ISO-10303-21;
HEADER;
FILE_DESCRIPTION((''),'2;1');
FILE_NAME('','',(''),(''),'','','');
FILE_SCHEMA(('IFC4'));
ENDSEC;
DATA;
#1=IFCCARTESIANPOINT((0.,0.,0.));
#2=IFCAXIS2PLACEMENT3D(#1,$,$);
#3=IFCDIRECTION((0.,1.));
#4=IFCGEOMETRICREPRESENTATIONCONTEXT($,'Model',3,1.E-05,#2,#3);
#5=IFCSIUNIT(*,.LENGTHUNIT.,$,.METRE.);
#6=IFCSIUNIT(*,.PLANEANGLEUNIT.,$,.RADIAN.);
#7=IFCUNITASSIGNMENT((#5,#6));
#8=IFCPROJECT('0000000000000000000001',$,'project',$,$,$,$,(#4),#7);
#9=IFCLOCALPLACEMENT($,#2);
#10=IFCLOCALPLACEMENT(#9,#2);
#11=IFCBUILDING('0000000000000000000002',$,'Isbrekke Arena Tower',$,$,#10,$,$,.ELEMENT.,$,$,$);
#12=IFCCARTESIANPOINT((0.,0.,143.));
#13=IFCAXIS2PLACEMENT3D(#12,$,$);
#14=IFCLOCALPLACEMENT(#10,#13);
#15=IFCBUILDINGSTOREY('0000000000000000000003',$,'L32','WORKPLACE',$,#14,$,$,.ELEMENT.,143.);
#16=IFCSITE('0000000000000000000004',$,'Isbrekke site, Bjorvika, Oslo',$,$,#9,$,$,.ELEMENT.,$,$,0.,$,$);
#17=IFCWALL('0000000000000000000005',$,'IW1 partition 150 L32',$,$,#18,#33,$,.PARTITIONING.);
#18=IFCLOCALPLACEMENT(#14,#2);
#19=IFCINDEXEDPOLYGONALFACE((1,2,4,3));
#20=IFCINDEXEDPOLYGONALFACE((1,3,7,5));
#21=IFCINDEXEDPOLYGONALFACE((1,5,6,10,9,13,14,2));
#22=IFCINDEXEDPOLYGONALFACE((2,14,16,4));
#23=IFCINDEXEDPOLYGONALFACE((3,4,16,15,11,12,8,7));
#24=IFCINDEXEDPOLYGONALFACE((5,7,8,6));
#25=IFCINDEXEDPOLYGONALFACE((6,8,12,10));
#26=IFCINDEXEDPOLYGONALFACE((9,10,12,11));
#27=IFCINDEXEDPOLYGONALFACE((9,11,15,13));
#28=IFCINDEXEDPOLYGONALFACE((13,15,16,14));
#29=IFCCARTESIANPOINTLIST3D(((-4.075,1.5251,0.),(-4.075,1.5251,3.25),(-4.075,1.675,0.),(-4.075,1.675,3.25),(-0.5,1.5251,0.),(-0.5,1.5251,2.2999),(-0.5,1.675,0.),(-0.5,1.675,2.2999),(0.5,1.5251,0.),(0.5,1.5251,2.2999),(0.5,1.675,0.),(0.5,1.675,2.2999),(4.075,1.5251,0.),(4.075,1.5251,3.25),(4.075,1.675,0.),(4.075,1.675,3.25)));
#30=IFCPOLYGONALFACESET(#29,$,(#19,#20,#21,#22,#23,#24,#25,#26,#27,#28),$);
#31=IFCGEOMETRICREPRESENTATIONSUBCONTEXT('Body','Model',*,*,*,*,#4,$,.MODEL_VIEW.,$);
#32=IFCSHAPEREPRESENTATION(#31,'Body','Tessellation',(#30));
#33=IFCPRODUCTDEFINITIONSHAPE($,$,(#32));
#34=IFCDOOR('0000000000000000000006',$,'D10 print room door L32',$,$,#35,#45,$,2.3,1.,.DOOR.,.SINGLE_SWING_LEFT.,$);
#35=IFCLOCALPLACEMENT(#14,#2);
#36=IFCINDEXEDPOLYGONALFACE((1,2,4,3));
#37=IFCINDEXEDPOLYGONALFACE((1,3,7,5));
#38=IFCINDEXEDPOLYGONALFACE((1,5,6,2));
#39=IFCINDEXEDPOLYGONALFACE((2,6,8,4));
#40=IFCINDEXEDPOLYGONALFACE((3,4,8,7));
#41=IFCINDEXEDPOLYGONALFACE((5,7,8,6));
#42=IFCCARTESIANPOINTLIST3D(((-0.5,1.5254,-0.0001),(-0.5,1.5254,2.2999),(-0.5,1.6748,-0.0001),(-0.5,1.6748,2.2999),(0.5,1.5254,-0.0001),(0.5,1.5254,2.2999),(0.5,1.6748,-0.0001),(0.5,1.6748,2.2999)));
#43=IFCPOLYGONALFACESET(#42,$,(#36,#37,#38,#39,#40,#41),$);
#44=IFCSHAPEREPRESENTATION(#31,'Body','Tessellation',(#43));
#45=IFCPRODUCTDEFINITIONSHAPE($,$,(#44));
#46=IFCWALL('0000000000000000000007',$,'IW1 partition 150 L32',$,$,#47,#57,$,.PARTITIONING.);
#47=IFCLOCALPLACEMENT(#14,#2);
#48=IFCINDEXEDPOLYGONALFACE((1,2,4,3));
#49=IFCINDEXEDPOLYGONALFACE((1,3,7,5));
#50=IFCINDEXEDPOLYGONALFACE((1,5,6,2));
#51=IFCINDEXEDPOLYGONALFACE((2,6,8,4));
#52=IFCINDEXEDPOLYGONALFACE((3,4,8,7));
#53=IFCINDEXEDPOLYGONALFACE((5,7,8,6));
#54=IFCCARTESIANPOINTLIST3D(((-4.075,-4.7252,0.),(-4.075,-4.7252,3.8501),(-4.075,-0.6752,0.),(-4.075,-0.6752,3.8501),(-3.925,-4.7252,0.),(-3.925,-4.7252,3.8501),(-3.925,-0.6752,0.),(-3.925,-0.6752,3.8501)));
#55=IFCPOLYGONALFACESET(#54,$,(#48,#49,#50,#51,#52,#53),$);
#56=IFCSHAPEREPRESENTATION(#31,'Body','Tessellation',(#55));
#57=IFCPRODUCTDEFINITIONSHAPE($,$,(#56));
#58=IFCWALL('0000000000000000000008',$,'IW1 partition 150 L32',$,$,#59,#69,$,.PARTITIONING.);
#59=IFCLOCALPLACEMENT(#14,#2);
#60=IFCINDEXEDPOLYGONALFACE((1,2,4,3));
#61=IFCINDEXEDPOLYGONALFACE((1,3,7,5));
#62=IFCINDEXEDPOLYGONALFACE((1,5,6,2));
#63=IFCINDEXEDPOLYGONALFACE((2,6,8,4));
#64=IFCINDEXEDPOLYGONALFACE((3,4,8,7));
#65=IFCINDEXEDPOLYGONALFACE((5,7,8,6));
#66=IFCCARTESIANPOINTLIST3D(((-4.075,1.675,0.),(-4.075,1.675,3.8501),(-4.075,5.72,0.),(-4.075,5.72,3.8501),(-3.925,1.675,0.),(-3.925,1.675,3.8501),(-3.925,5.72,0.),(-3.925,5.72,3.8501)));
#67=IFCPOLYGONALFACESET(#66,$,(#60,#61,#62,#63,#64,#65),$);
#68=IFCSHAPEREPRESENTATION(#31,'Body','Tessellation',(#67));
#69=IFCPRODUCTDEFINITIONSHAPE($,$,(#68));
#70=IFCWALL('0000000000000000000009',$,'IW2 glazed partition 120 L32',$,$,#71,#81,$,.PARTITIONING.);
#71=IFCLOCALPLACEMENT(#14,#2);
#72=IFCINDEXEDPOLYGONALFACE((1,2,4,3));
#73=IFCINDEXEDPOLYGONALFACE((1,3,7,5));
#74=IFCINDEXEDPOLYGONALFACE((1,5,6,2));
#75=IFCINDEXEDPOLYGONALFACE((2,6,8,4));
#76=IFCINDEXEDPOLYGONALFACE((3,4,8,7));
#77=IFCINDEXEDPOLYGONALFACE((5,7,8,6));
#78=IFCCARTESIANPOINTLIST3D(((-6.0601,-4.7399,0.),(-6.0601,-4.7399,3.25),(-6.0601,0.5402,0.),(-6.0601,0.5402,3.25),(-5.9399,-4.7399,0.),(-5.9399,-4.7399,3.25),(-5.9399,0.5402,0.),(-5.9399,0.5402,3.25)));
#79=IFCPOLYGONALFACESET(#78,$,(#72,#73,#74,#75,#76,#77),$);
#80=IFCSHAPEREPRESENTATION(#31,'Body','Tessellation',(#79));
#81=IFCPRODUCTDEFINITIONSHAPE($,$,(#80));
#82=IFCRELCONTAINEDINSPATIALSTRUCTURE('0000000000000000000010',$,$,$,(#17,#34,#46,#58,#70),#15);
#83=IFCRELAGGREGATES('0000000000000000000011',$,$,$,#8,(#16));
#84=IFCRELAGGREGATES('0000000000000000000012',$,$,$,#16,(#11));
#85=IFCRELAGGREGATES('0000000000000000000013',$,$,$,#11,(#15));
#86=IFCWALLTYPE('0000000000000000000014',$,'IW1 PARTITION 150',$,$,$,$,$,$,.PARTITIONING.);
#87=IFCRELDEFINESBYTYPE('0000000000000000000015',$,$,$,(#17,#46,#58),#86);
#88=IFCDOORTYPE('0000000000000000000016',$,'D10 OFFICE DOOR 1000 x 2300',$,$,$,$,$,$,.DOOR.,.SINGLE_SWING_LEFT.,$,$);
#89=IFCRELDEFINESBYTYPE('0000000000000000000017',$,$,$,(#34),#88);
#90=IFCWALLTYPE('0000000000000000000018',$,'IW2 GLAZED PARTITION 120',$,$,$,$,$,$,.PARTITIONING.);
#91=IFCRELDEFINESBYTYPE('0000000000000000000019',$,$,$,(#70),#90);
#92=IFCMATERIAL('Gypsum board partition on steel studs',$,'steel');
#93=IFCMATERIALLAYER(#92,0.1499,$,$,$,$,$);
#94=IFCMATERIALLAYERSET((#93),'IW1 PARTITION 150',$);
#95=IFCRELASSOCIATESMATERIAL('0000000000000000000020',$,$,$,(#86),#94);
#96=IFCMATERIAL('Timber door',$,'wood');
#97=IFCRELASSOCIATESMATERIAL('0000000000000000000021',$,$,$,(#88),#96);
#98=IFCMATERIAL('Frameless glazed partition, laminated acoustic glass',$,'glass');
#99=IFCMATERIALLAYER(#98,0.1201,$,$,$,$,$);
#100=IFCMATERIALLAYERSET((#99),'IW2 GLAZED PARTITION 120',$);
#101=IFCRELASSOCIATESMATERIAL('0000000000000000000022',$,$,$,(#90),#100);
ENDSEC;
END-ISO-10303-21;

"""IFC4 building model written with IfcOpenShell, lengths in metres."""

from ifc_helpers import new_model, si_unit, direction, frame, frame_2d, origin, place, context, subcontext, project, spatial, rectangle, extrude, material, layer, layer_set, type_object, element, fill, save


model = new_model("IFC4")

# Units and contexts
model_context = context("Model", 3, precision=1e-05, world=origin(), true_north=direction((0.0, 1.0)))
body_context = subcontext(model_context, "Body", "Model", "MODEL_VIEW")
ifc_project = project(units=[si_unit("LENGTHUNIT", "METRE"), si_unit("PLANEANGLEUNIT", "RADIAN")], contexts=[model_context])

# Site, building, storey
site_placement = place(None, origin())
site = spatial("IfcSite", under=ifc_project, at=site_placement, Name="Isbrekke site, Bjorvika, Oslo", CompositionType="ELEMENT", RefElevation=0.0)
building_placement = place(site_placement, origin())
building = spatial("IfcBuilding", under=site, at=building_placement, Name="Isbrekke Arena Tower", CompositionType="ELEMENT")
storey_placement = place(building_placement, frame((0.0, 0.0, 143.0)))
storey = spatial("IfcBuildingStorey", under=building, at=storey_placement, Name="L32", Description="WORKPLACE", CompositionType="ELEMENT", Elevation=143.0)

# Shared definitions
ifc_material_1 = material(Name="Gypsum board partition on steel studs", Category="steel")
ifc_layer_1 = layer(ifc_material_1, 0.1499)
ifc_layer_set_1 = layer_set([ifc_layer_1], Name="IW1 PARTITION 150")
wall_type_1 = type_object("IfcWallType", Name="IW1 PARTITION 150", PredefinedType="PARTITIONING", material=ifc_layer_set_1)

# Wall, opening, door
ifc_material_2 = material(Name="Timber door", Category="wood")
door_type = type_object("IfcDoorType", Name="D10 OFFICE DOOR 1000 x 2300", OperationType="SINGLE_SWING_LEFT", PredefinedType="DOOR", material=ifc_material_2)
wall_1_placement = place(storey_placement, frame((-4.075, 1.6001, 0.0), z_axis=(0.0, 0.0, 1.0), x_axis=(1.0, 0.0, 0.0)))
wall_1 = element("IfcWall", 1, at=wall_1_placement, inside=storey, type_object=wall_type_1, Name="IW1 partition 150 L32", PredefinedType="PARTITIONING", context=body_context, shape_type="SweptSolid", body=[
    extrude(rectangle(XDim=8.1499, YDim=0.1499, at=frame_2d((4.075, 0.0))), origin(), (0.0, 0.0, 1.0), 3.25),
])
opening_1_placement = place(wall_1_placement, frame((3.575, 0.0, 0.0)))
opening_1 = element("IfcOpeningElement", 2, at=opening_1_placement, cuts=wall_1, PredefinedType="OPENING", context=body_context, shape_type="SweptSolid", body=[
    extrude(rectangle(XDim=1.0, YDim=2.3, at=frame_2d((0.5, 1.1499))), frame((0.0, 0.0898, 0.0), z_axis=(0.0, -1.0, 0.0), x_axis=(1.0, 0.0, 0.0)), (0.0, 0.0, 1.0), 0.1797),
])
door_1_placement = place(opening_1_placement, origin())
door_1 = element("IfcDoor", 3, at=door_1_placement, inside=storey, type_object=door_type, Name="D10 print room door L32", OperationType="SINGLE_SWING_LEFT", OverallHeight=2.3, OverallWidth=1.0, PredefinedType="DOOR", context=body_context, shape_type="SweptSolid", body=[
    extrude(rectangle(XDim=1.0, YDim=2.3, at=frame_2d((0.5, 1.1499))), frame((0.0, 0.0747, 0.0), z_axis=(0.0, -1.0, 0.0), x_axis=(1.0, 0.0, 0.0)), (0.0, 0.0, 1.0), 0.1494),
])
fill(opening_1, door_1)

# Walls
wall_2_placement = place(storey_placement, frame((-4.0, -4.7251, 0.0), z_axis=(0.0, 0.0, 1.0), x_axis=(0.0, 1.0, 0.0)))
element("IfcWall", 4, at=wall_2_placement, inside=storey, type_object=wall_type_1, Name="IW1 partition 150 L32", PredefinedType="PARTITIONING", context=body_context, shape_type="SweptSolid", body=[
    extrude(rectangle(XDim=4.05, YDim=0.1499, at=frame_2d((2.0249, 0.0))), origin(), (0.0, 0.0, 1.0), 3.8501),
])
wall_3_placement = place(storey_placement, frame((-4.0, 1.675, 0.0), z_axis=(0.0, 0.0, 1.0), x_axis=(0.0, 1.0, 0.0)))
element("IfcWall", 5, at=wall_3_placement, inside=storey, type_object=wall_type_1, Name="IW1 partition 150 L32", PredefinedType="PARTITIONING", context=body_context, shape_type="SweptSolid", body=[
    extrude(rectangle(XDim=4.0449, YDim=0.1499, at=frame_2d((2.0225, 0.0))), origin(), (0.0, 0.0, 1.0), 3.8501),
])
ifc_material_3 = material(Name="Frameless glazed partition, laminated acoustic glass", Category="glass")
ifc_layer_2 = layer(ifc_material_3, 0.1201)
ifc_layer_set_2 = layer_set([ifc_layer_2], Name="IW2 GLAZED PARTITION 120")
wall_type_2 = type_object("IfcWallType", Name="IW2 GLAZED PARTITION 120", PredefinedType="PARTITIONING", material=ifc_layer_set_2)
wall_4_placement = place(storey_placement, frame((-6.0, -4.74, 0.0), z_axis=(0.0, 0.0, 1.0), x_axis=(0.0, 1.0, 0.0)))
element("IfcWall", 6, at=wall_4_placement, inside=storey, type_object=wall_type_2, Name="IW2 glazed partition 120 L32", PredefinedType="PARTITIONING", context=body_context, shape_type="SweptSolid", body=[
    extrude(rectangle(XDim=5.28, YDim=0.1201, at=frame_2d((2.6401, 0.0))), origin(), (0.0, 0.0, 1.0), 3.25),
])

save(model, "model.ifc")
